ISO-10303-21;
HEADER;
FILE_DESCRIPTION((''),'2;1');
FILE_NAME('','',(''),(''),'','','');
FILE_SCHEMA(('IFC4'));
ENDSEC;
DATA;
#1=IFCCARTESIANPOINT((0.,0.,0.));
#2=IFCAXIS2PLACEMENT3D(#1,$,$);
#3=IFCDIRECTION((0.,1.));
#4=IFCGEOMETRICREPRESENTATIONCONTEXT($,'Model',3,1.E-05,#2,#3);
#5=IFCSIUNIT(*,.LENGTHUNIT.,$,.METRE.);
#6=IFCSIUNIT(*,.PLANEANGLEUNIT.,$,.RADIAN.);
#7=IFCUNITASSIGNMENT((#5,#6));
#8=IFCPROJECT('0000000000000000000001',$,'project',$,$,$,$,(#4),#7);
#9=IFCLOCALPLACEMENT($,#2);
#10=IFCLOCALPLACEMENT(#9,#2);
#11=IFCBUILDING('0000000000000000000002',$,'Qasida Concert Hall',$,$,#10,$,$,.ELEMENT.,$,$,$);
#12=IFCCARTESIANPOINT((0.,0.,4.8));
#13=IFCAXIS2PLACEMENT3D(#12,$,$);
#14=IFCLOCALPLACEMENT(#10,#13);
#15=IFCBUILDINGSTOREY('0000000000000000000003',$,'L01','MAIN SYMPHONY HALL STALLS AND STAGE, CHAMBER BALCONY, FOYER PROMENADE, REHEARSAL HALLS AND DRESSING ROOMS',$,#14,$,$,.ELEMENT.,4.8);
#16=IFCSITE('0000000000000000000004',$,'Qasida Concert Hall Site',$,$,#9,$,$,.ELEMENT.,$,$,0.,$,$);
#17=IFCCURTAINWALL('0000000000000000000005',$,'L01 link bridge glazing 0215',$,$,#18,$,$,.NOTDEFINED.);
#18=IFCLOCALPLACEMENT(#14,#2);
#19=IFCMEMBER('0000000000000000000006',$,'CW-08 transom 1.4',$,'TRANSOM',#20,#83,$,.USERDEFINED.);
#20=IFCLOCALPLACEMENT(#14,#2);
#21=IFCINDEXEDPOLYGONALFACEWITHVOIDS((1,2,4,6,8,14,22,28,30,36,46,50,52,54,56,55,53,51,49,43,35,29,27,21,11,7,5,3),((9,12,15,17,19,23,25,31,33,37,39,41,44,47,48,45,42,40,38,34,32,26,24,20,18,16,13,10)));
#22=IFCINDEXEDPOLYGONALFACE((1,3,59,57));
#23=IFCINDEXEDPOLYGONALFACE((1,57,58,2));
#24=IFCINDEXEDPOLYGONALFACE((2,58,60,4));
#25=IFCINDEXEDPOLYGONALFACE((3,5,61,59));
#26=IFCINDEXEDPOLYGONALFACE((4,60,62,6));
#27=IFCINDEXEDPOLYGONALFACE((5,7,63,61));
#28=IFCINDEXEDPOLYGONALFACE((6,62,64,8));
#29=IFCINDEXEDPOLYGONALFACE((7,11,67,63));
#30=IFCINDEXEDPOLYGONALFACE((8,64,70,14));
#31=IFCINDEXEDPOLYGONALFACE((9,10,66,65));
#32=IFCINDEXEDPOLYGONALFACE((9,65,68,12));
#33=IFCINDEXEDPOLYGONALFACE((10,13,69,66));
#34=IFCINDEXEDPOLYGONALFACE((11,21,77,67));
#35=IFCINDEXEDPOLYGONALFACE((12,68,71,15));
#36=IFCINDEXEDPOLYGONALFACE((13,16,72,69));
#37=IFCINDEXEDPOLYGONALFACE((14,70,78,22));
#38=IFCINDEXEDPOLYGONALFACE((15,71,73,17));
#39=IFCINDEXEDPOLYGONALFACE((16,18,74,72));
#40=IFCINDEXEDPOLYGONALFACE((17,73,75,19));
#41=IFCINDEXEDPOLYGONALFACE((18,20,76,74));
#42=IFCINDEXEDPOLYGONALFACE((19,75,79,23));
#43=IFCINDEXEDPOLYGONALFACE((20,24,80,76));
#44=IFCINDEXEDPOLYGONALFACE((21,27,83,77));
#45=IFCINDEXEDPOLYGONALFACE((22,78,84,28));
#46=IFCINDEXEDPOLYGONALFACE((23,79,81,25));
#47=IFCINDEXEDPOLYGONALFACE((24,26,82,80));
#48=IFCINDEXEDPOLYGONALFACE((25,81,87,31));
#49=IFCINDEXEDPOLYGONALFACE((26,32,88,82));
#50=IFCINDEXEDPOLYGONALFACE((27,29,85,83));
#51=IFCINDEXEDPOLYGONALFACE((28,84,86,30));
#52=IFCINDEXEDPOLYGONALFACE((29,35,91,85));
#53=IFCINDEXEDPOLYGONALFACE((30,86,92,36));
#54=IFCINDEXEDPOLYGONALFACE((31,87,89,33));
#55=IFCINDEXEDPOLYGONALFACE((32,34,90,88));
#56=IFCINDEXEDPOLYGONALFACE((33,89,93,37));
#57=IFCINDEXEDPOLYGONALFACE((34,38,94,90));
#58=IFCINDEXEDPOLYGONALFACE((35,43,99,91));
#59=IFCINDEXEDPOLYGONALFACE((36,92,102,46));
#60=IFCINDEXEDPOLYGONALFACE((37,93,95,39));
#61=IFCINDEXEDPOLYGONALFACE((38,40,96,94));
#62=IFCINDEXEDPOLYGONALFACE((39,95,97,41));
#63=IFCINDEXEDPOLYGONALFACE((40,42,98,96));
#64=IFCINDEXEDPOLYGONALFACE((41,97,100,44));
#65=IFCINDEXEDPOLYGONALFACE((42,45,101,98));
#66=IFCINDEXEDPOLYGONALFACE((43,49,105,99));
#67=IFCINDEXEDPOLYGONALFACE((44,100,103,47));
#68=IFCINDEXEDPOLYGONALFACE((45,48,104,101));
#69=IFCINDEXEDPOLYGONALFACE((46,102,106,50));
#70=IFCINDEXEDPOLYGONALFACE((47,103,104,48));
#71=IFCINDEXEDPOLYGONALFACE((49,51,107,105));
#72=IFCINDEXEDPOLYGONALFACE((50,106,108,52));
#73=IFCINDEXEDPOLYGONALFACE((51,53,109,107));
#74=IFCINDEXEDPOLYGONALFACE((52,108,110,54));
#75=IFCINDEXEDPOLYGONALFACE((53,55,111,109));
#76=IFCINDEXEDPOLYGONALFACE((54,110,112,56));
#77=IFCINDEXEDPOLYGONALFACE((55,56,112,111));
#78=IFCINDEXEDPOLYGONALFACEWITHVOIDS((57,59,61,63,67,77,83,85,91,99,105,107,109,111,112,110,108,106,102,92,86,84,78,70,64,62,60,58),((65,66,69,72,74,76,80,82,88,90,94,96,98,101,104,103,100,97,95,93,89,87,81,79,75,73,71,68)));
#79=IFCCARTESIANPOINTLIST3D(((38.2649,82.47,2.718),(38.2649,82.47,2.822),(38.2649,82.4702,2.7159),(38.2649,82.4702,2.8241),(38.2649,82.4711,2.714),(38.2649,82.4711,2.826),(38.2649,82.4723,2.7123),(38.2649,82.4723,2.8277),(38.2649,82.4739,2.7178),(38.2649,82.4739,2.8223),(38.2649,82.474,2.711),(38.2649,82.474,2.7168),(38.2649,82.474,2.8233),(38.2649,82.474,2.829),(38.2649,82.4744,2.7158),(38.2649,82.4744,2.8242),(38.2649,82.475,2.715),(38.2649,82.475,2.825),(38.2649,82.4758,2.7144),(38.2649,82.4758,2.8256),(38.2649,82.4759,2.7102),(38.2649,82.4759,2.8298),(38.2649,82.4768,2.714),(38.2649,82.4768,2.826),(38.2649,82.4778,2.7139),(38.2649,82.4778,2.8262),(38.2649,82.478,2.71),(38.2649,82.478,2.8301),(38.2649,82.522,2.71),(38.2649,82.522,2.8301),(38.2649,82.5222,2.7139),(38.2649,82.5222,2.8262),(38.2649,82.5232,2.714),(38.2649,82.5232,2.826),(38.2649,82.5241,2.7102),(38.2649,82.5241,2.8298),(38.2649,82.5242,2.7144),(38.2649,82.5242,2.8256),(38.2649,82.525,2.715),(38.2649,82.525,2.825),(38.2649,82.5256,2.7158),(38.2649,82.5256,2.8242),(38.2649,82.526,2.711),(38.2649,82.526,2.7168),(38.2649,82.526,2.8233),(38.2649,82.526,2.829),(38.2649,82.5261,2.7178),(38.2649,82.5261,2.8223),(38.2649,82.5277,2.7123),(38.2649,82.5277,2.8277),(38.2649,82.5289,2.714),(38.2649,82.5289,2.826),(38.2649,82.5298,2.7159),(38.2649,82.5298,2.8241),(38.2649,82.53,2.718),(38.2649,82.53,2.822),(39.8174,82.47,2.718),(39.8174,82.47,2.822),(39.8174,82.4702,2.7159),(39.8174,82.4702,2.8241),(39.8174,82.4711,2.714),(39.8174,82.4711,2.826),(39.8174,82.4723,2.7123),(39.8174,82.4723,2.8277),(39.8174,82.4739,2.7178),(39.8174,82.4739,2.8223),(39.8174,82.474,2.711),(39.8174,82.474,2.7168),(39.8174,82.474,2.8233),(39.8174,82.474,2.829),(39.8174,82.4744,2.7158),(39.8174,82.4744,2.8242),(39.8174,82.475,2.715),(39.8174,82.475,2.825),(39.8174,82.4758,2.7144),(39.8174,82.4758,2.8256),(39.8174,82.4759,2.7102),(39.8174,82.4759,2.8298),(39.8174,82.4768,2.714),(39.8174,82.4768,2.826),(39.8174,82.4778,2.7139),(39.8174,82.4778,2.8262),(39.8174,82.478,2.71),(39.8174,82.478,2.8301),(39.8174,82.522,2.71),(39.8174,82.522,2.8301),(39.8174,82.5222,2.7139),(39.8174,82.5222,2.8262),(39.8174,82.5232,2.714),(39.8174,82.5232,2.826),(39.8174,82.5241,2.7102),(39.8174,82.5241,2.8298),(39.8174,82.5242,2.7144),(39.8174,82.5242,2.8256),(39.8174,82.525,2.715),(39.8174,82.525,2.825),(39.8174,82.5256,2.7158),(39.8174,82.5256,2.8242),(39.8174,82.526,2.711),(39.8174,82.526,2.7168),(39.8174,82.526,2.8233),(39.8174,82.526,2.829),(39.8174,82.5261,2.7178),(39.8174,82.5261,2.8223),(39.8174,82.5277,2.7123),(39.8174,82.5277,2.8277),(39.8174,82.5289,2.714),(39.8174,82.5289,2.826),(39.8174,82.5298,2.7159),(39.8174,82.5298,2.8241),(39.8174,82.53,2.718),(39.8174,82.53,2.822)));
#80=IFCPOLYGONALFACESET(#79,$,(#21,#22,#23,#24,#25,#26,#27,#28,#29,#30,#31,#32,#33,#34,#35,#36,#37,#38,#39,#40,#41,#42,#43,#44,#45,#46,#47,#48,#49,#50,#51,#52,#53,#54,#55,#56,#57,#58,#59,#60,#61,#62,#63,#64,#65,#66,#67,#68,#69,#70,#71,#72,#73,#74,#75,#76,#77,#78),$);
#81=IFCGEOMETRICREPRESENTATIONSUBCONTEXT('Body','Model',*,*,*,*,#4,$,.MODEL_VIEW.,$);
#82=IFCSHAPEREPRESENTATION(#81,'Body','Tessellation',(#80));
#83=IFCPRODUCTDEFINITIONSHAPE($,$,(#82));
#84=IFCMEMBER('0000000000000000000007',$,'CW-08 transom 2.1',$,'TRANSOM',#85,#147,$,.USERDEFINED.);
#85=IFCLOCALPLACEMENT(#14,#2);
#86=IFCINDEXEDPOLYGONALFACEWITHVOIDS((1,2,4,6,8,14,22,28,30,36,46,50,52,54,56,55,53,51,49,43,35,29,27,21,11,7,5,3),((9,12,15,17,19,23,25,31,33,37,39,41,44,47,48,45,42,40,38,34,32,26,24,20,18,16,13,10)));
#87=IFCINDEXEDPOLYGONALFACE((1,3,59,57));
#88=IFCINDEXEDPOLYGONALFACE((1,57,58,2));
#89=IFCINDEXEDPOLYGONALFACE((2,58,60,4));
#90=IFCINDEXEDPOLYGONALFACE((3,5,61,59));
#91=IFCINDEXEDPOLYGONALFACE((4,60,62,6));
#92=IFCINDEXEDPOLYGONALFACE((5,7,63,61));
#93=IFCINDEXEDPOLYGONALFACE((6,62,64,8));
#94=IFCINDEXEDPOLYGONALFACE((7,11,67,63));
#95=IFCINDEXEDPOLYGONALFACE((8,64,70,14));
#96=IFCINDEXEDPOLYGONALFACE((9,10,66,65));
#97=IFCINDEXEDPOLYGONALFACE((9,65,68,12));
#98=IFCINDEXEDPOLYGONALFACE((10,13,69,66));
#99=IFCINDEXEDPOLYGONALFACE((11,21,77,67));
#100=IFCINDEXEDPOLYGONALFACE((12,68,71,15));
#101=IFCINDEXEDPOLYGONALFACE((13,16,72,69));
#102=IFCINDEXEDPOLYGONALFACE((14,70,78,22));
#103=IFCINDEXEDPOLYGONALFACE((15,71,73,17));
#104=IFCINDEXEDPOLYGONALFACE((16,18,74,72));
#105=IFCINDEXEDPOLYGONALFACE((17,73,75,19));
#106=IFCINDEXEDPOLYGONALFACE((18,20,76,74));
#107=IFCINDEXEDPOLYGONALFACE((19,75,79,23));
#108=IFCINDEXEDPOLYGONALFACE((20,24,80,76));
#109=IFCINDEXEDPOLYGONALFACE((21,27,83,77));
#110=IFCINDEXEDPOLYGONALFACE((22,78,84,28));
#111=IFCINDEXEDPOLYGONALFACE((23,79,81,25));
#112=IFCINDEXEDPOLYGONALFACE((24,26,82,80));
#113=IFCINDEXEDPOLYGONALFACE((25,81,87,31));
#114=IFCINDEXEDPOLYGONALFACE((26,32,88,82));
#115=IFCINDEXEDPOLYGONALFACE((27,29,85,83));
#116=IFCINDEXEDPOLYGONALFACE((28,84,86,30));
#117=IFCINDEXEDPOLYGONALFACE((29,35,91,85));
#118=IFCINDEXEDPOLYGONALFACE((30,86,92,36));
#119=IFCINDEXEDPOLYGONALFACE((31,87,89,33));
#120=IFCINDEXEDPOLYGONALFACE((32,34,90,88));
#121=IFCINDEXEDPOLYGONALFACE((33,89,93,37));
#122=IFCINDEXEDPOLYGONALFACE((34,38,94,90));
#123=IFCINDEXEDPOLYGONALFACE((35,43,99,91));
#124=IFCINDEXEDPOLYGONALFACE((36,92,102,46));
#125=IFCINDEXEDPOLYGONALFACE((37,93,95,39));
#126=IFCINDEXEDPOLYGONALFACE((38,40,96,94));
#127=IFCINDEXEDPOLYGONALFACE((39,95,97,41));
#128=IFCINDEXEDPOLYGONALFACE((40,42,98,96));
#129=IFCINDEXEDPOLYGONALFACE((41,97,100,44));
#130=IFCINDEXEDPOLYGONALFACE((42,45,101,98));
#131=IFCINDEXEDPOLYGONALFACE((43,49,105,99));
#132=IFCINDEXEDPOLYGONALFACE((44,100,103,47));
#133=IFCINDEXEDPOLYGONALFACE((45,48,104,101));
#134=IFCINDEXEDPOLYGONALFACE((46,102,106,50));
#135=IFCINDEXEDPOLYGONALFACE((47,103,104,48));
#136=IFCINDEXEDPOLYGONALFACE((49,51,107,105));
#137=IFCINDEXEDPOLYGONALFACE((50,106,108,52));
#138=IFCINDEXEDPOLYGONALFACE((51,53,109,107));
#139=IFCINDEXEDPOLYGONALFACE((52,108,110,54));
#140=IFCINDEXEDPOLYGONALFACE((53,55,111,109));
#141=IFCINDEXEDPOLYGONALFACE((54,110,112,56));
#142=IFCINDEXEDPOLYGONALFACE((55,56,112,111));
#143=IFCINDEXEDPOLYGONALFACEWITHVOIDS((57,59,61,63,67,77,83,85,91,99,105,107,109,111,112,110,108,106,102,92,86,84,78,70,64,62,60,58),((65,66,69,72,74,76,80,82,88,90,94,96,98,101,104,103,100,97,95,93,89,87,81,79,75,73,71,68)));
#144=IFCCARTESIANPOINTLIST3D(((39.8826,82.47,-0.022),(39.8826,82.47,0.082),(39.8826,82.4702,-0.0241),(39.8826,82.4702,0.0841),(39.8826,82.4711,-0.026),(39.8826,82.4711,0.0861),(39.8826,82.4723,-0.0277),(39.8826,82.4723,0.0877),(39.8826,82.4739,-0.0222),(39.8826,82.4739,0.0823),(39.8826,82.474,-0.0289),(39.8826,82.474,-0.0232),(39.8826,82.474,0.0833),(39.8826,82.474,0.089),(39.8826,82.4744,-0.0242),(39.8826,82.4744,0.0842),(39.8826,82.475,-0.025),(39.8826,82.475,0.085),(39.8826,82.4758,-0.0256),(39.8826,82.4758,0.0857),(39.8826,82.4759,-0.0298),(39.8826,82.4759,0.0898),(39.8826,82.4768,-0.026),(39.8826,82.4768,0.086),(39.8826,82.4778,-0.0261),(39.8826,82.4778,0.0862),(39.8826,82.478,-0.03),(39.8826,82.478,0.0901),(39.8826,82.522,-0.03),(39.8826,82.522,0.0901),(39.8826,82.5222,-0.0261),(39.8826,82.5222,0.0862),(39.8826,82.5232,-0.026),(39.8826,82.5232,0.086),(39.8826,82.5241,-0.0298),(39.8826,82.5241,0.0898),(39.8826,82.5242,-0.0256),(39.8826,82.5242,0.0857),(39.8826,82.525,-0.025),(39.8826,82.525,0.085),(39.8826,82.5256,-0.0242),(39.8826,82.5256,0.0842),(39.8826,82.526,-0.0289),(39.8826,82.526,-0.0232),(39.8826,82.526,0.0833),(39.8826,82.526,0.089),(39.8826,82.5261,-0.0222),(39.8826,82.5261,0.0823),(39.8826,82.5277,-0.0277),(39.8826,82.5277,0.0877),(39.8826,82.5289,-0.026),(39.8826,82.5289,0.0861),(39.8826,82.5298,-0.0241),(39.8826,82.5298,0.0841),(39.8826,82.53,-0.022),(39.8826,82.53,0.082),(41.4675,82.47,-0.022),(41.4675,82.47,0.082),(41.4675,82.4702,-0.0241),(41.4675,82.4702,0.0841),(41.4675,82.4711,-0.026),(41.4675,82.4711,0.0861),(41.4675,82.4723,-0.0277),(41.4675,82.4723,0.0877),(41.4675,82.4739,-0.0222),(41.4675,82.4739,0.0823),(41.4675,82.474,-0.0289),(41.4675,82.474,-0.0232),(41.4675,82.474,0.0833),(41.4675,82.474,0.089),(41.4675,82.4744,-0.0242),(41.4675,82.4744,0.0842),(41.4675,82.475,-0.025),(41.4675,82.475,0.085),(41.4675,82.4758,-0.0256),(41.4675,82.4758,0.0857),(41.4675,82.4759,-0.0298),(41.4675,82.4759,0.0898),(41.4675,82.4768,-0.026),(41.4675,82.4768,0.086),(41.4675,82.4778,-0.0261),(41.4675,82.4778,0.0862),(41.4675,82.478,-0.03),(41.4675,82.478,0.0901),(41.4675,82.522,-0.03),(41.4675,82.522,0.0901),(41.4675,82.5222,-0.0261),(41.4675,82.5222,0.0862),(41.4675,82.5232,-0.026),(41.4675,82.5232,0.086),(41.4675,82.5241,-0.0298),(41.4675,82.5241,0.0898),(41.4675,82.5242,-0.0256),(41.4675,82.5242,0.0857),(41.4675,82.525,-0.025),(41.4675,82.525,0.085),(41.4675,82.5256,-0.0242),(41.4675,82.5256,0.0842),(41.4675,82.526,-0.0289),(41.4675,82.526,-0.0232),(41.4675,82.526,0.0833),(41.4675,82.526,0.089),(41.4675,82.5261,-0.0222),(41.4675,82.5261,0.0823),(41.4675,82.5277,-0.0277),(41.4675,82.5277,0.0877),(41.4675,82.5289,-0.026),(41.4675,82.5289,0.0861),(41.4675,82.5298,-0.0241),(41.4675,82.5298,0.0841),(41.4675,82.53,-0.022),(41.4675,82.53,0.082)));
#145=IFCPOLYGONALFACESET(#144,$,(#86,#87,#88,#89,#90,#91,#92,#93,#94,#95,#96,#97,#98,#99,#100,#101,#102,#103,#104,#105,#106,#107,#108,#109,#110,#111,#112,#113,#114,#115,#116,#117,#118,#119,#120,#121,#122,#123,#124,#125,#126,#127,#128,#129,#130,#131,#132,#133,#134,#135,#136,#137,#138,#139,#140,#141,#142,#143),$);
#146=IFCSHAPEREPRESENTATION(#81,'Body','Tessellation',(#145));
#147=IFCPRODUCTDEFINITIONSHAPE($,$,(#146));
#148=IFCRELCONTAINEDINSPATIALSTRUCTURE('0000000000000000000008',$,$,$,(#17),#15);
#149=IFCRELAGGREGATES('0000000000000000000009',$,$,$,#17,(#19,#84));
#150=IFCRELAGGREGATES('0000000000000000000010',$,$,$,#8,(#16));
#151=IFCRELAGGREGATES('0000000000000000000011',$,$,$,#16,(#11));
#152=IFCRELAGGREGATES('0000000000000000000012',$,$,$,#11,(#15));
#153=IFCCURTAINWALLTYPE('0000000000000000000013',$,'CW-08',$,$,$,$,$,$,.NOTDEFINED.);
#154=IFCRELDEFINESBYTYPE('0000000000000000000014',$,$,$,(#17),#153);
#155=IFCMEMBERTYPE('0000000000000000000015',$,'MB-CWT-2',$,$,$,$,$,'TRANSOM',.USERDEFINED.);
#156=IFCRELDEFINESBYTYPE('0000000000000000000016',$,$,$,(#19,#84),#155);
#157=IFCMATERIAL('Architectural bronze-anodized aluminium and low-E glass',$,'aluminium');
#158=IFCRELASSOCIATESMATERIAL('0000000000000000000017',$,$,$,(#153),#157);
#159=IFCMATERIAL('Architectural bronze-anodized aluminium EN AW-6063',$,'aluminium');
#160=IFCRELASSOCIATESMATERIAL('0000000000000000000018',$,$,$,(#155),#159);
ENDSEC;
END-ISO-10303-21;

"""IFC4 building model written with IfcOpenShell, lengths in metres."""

from ifc_helpers import new_model, si_unit, direction, frame, origin, origin_2d, place, context, subcontext, project, spatial, hollow_rectangle, extrude, material, material_profile, profile_set, type_object, element, aggregate, save


model = new_model("IFC4")

# Units and contexts
model_context = context("Model", 3, precision=1e-05, world=origin(), true_north=direction((0.0, 1.0)))
body_context = subcontext(model_context, "Body", "Model", "MODEL_VIEW")
ifc_project = project(units=[si_unit("LENGTHUNIT", "METRE"), si_unit("PLANEANGLEUNIT", "RADIAN")], contexts=[model_context])

# Site, building, storey
site_placement = place(None, origin())
site = spatial("IfcSite", under=ifc_project, at=site_placement, Name="Qasida Concert Hall Site", CompositionType="ELEMENT", RefElevation=0.0)
building_placement = place(site_placement, origin())
building = spatial("IfcBuilding", under=site, at=building_placement, Name="Qasida Concert Hall", CompositionType="ELEMENT")
storey_placement = place(building_placement, frame((0.0, 0.0, 4.8)))
storey = spatial("IfcBuildingStorey", under=building, at=storey_placement, Name="L01", Description="MAIN SYMPHONY HALL STALLS AND STAGE, CHAMBER BALCONY, FOYER PROMENADE, REHEARSAL HALLS AND DRESSING ROOMS", CompositionType="ELEMENT", Elevation=4.8)

# Curtain wall, members
ifc_material_1 = material(Name="Architectural bronze-anodized aluminium and low-E glass", Category="aluminium")
curtain_wall_type = type_object("IfcCurtainWallType", Name="CW-08", PredefinedType="NOTDEFINED", material=ifc_material_1)
curtain_wall_placement = place(storey_placement, origin())
curtain_wall = element("IfcCurtainWall", 1, at=curtain_wall_placement, inside=storey, type_object=curtain_wall_type, Name="L01 link bridge glazing 0215", PredefinedType="NOTDEFINED")
ifc_material_2 = material(Name="Architectural bronze-anodized aluminium EN AW-6063", Category="aluminium")
ifc_material_profile_1 = material_profile(ifc_material_2, hollow_rectangle(XDim=0.0601, YDim=0.1201, WallThickness=0.0039, InnerFilletRadius=0.0039, OuterFilletRadius=0.0081, at=origin_2d()), Name="CWT 120x60x4")
ifc_profile_set_1 = profile_set([ifc_material_profile_1], Name="Architectural bronze-anodized aluminium EN AW-6063")
member_type_1 = type_object("IfcMemberType", Name="MB-CWT-2", ElementType="TRANSOM", PredefinedType="USERDEFINED", material=ifc_profile_set_1)
member_1_placement = place(storey_placement, frame((38.2649, 82.5, 2.77), z_axis=(1.0, 0.0, 0.0), x_axis=(0.0, 1.0, 0.0)))
member_1 = element("IfcMember", 2, at=member_1_placement, type_object=member_type_1, Name="CW-08 transom 1.4", ObjectType="TRANSOM", PredefinedType="USERDEFINED", context=body_context, shape_type="SweptSolid", body=[
    extrude(hollow_rectangle(XDim=0.0601, YDim=0.1201, WallThickness=0.0039, InnerFilletRadius=0.0039, OuterFilletRadius=0.0081, at=origin_2d()), origin(), (0.0, 0.0, 1.0), 1.5525),
])
member_2_placement = place(storey_placement, frame((39.8826, 82.5, 0.03), z_axis=(1.0, 0.0, 0.0), x_axis=(0.0, 1.0, 0.0)))
member_2 = element("IfcMember", 3, at=member_2_placement, type_object=member_type_1, Name="CW-08 transom 2.1", ObjectType="TRANSOM", PredefinedType="USERDEFINED", context=body_context, shape_type="SweptSolid", body=[
    extrude(hollow_rectangle(XDim=0.0601, YDim=0.1201, WallThickness=0.0039, InnerFilletRadius=0.0039, OuterFilletRadius=0.0081, at=origin_2d()), origin(), (0.0, 0.0, 1.0), 1.585),
])
aggregate(curtain_wall, [member_1, member_2])

save(model, "model.ifc")
